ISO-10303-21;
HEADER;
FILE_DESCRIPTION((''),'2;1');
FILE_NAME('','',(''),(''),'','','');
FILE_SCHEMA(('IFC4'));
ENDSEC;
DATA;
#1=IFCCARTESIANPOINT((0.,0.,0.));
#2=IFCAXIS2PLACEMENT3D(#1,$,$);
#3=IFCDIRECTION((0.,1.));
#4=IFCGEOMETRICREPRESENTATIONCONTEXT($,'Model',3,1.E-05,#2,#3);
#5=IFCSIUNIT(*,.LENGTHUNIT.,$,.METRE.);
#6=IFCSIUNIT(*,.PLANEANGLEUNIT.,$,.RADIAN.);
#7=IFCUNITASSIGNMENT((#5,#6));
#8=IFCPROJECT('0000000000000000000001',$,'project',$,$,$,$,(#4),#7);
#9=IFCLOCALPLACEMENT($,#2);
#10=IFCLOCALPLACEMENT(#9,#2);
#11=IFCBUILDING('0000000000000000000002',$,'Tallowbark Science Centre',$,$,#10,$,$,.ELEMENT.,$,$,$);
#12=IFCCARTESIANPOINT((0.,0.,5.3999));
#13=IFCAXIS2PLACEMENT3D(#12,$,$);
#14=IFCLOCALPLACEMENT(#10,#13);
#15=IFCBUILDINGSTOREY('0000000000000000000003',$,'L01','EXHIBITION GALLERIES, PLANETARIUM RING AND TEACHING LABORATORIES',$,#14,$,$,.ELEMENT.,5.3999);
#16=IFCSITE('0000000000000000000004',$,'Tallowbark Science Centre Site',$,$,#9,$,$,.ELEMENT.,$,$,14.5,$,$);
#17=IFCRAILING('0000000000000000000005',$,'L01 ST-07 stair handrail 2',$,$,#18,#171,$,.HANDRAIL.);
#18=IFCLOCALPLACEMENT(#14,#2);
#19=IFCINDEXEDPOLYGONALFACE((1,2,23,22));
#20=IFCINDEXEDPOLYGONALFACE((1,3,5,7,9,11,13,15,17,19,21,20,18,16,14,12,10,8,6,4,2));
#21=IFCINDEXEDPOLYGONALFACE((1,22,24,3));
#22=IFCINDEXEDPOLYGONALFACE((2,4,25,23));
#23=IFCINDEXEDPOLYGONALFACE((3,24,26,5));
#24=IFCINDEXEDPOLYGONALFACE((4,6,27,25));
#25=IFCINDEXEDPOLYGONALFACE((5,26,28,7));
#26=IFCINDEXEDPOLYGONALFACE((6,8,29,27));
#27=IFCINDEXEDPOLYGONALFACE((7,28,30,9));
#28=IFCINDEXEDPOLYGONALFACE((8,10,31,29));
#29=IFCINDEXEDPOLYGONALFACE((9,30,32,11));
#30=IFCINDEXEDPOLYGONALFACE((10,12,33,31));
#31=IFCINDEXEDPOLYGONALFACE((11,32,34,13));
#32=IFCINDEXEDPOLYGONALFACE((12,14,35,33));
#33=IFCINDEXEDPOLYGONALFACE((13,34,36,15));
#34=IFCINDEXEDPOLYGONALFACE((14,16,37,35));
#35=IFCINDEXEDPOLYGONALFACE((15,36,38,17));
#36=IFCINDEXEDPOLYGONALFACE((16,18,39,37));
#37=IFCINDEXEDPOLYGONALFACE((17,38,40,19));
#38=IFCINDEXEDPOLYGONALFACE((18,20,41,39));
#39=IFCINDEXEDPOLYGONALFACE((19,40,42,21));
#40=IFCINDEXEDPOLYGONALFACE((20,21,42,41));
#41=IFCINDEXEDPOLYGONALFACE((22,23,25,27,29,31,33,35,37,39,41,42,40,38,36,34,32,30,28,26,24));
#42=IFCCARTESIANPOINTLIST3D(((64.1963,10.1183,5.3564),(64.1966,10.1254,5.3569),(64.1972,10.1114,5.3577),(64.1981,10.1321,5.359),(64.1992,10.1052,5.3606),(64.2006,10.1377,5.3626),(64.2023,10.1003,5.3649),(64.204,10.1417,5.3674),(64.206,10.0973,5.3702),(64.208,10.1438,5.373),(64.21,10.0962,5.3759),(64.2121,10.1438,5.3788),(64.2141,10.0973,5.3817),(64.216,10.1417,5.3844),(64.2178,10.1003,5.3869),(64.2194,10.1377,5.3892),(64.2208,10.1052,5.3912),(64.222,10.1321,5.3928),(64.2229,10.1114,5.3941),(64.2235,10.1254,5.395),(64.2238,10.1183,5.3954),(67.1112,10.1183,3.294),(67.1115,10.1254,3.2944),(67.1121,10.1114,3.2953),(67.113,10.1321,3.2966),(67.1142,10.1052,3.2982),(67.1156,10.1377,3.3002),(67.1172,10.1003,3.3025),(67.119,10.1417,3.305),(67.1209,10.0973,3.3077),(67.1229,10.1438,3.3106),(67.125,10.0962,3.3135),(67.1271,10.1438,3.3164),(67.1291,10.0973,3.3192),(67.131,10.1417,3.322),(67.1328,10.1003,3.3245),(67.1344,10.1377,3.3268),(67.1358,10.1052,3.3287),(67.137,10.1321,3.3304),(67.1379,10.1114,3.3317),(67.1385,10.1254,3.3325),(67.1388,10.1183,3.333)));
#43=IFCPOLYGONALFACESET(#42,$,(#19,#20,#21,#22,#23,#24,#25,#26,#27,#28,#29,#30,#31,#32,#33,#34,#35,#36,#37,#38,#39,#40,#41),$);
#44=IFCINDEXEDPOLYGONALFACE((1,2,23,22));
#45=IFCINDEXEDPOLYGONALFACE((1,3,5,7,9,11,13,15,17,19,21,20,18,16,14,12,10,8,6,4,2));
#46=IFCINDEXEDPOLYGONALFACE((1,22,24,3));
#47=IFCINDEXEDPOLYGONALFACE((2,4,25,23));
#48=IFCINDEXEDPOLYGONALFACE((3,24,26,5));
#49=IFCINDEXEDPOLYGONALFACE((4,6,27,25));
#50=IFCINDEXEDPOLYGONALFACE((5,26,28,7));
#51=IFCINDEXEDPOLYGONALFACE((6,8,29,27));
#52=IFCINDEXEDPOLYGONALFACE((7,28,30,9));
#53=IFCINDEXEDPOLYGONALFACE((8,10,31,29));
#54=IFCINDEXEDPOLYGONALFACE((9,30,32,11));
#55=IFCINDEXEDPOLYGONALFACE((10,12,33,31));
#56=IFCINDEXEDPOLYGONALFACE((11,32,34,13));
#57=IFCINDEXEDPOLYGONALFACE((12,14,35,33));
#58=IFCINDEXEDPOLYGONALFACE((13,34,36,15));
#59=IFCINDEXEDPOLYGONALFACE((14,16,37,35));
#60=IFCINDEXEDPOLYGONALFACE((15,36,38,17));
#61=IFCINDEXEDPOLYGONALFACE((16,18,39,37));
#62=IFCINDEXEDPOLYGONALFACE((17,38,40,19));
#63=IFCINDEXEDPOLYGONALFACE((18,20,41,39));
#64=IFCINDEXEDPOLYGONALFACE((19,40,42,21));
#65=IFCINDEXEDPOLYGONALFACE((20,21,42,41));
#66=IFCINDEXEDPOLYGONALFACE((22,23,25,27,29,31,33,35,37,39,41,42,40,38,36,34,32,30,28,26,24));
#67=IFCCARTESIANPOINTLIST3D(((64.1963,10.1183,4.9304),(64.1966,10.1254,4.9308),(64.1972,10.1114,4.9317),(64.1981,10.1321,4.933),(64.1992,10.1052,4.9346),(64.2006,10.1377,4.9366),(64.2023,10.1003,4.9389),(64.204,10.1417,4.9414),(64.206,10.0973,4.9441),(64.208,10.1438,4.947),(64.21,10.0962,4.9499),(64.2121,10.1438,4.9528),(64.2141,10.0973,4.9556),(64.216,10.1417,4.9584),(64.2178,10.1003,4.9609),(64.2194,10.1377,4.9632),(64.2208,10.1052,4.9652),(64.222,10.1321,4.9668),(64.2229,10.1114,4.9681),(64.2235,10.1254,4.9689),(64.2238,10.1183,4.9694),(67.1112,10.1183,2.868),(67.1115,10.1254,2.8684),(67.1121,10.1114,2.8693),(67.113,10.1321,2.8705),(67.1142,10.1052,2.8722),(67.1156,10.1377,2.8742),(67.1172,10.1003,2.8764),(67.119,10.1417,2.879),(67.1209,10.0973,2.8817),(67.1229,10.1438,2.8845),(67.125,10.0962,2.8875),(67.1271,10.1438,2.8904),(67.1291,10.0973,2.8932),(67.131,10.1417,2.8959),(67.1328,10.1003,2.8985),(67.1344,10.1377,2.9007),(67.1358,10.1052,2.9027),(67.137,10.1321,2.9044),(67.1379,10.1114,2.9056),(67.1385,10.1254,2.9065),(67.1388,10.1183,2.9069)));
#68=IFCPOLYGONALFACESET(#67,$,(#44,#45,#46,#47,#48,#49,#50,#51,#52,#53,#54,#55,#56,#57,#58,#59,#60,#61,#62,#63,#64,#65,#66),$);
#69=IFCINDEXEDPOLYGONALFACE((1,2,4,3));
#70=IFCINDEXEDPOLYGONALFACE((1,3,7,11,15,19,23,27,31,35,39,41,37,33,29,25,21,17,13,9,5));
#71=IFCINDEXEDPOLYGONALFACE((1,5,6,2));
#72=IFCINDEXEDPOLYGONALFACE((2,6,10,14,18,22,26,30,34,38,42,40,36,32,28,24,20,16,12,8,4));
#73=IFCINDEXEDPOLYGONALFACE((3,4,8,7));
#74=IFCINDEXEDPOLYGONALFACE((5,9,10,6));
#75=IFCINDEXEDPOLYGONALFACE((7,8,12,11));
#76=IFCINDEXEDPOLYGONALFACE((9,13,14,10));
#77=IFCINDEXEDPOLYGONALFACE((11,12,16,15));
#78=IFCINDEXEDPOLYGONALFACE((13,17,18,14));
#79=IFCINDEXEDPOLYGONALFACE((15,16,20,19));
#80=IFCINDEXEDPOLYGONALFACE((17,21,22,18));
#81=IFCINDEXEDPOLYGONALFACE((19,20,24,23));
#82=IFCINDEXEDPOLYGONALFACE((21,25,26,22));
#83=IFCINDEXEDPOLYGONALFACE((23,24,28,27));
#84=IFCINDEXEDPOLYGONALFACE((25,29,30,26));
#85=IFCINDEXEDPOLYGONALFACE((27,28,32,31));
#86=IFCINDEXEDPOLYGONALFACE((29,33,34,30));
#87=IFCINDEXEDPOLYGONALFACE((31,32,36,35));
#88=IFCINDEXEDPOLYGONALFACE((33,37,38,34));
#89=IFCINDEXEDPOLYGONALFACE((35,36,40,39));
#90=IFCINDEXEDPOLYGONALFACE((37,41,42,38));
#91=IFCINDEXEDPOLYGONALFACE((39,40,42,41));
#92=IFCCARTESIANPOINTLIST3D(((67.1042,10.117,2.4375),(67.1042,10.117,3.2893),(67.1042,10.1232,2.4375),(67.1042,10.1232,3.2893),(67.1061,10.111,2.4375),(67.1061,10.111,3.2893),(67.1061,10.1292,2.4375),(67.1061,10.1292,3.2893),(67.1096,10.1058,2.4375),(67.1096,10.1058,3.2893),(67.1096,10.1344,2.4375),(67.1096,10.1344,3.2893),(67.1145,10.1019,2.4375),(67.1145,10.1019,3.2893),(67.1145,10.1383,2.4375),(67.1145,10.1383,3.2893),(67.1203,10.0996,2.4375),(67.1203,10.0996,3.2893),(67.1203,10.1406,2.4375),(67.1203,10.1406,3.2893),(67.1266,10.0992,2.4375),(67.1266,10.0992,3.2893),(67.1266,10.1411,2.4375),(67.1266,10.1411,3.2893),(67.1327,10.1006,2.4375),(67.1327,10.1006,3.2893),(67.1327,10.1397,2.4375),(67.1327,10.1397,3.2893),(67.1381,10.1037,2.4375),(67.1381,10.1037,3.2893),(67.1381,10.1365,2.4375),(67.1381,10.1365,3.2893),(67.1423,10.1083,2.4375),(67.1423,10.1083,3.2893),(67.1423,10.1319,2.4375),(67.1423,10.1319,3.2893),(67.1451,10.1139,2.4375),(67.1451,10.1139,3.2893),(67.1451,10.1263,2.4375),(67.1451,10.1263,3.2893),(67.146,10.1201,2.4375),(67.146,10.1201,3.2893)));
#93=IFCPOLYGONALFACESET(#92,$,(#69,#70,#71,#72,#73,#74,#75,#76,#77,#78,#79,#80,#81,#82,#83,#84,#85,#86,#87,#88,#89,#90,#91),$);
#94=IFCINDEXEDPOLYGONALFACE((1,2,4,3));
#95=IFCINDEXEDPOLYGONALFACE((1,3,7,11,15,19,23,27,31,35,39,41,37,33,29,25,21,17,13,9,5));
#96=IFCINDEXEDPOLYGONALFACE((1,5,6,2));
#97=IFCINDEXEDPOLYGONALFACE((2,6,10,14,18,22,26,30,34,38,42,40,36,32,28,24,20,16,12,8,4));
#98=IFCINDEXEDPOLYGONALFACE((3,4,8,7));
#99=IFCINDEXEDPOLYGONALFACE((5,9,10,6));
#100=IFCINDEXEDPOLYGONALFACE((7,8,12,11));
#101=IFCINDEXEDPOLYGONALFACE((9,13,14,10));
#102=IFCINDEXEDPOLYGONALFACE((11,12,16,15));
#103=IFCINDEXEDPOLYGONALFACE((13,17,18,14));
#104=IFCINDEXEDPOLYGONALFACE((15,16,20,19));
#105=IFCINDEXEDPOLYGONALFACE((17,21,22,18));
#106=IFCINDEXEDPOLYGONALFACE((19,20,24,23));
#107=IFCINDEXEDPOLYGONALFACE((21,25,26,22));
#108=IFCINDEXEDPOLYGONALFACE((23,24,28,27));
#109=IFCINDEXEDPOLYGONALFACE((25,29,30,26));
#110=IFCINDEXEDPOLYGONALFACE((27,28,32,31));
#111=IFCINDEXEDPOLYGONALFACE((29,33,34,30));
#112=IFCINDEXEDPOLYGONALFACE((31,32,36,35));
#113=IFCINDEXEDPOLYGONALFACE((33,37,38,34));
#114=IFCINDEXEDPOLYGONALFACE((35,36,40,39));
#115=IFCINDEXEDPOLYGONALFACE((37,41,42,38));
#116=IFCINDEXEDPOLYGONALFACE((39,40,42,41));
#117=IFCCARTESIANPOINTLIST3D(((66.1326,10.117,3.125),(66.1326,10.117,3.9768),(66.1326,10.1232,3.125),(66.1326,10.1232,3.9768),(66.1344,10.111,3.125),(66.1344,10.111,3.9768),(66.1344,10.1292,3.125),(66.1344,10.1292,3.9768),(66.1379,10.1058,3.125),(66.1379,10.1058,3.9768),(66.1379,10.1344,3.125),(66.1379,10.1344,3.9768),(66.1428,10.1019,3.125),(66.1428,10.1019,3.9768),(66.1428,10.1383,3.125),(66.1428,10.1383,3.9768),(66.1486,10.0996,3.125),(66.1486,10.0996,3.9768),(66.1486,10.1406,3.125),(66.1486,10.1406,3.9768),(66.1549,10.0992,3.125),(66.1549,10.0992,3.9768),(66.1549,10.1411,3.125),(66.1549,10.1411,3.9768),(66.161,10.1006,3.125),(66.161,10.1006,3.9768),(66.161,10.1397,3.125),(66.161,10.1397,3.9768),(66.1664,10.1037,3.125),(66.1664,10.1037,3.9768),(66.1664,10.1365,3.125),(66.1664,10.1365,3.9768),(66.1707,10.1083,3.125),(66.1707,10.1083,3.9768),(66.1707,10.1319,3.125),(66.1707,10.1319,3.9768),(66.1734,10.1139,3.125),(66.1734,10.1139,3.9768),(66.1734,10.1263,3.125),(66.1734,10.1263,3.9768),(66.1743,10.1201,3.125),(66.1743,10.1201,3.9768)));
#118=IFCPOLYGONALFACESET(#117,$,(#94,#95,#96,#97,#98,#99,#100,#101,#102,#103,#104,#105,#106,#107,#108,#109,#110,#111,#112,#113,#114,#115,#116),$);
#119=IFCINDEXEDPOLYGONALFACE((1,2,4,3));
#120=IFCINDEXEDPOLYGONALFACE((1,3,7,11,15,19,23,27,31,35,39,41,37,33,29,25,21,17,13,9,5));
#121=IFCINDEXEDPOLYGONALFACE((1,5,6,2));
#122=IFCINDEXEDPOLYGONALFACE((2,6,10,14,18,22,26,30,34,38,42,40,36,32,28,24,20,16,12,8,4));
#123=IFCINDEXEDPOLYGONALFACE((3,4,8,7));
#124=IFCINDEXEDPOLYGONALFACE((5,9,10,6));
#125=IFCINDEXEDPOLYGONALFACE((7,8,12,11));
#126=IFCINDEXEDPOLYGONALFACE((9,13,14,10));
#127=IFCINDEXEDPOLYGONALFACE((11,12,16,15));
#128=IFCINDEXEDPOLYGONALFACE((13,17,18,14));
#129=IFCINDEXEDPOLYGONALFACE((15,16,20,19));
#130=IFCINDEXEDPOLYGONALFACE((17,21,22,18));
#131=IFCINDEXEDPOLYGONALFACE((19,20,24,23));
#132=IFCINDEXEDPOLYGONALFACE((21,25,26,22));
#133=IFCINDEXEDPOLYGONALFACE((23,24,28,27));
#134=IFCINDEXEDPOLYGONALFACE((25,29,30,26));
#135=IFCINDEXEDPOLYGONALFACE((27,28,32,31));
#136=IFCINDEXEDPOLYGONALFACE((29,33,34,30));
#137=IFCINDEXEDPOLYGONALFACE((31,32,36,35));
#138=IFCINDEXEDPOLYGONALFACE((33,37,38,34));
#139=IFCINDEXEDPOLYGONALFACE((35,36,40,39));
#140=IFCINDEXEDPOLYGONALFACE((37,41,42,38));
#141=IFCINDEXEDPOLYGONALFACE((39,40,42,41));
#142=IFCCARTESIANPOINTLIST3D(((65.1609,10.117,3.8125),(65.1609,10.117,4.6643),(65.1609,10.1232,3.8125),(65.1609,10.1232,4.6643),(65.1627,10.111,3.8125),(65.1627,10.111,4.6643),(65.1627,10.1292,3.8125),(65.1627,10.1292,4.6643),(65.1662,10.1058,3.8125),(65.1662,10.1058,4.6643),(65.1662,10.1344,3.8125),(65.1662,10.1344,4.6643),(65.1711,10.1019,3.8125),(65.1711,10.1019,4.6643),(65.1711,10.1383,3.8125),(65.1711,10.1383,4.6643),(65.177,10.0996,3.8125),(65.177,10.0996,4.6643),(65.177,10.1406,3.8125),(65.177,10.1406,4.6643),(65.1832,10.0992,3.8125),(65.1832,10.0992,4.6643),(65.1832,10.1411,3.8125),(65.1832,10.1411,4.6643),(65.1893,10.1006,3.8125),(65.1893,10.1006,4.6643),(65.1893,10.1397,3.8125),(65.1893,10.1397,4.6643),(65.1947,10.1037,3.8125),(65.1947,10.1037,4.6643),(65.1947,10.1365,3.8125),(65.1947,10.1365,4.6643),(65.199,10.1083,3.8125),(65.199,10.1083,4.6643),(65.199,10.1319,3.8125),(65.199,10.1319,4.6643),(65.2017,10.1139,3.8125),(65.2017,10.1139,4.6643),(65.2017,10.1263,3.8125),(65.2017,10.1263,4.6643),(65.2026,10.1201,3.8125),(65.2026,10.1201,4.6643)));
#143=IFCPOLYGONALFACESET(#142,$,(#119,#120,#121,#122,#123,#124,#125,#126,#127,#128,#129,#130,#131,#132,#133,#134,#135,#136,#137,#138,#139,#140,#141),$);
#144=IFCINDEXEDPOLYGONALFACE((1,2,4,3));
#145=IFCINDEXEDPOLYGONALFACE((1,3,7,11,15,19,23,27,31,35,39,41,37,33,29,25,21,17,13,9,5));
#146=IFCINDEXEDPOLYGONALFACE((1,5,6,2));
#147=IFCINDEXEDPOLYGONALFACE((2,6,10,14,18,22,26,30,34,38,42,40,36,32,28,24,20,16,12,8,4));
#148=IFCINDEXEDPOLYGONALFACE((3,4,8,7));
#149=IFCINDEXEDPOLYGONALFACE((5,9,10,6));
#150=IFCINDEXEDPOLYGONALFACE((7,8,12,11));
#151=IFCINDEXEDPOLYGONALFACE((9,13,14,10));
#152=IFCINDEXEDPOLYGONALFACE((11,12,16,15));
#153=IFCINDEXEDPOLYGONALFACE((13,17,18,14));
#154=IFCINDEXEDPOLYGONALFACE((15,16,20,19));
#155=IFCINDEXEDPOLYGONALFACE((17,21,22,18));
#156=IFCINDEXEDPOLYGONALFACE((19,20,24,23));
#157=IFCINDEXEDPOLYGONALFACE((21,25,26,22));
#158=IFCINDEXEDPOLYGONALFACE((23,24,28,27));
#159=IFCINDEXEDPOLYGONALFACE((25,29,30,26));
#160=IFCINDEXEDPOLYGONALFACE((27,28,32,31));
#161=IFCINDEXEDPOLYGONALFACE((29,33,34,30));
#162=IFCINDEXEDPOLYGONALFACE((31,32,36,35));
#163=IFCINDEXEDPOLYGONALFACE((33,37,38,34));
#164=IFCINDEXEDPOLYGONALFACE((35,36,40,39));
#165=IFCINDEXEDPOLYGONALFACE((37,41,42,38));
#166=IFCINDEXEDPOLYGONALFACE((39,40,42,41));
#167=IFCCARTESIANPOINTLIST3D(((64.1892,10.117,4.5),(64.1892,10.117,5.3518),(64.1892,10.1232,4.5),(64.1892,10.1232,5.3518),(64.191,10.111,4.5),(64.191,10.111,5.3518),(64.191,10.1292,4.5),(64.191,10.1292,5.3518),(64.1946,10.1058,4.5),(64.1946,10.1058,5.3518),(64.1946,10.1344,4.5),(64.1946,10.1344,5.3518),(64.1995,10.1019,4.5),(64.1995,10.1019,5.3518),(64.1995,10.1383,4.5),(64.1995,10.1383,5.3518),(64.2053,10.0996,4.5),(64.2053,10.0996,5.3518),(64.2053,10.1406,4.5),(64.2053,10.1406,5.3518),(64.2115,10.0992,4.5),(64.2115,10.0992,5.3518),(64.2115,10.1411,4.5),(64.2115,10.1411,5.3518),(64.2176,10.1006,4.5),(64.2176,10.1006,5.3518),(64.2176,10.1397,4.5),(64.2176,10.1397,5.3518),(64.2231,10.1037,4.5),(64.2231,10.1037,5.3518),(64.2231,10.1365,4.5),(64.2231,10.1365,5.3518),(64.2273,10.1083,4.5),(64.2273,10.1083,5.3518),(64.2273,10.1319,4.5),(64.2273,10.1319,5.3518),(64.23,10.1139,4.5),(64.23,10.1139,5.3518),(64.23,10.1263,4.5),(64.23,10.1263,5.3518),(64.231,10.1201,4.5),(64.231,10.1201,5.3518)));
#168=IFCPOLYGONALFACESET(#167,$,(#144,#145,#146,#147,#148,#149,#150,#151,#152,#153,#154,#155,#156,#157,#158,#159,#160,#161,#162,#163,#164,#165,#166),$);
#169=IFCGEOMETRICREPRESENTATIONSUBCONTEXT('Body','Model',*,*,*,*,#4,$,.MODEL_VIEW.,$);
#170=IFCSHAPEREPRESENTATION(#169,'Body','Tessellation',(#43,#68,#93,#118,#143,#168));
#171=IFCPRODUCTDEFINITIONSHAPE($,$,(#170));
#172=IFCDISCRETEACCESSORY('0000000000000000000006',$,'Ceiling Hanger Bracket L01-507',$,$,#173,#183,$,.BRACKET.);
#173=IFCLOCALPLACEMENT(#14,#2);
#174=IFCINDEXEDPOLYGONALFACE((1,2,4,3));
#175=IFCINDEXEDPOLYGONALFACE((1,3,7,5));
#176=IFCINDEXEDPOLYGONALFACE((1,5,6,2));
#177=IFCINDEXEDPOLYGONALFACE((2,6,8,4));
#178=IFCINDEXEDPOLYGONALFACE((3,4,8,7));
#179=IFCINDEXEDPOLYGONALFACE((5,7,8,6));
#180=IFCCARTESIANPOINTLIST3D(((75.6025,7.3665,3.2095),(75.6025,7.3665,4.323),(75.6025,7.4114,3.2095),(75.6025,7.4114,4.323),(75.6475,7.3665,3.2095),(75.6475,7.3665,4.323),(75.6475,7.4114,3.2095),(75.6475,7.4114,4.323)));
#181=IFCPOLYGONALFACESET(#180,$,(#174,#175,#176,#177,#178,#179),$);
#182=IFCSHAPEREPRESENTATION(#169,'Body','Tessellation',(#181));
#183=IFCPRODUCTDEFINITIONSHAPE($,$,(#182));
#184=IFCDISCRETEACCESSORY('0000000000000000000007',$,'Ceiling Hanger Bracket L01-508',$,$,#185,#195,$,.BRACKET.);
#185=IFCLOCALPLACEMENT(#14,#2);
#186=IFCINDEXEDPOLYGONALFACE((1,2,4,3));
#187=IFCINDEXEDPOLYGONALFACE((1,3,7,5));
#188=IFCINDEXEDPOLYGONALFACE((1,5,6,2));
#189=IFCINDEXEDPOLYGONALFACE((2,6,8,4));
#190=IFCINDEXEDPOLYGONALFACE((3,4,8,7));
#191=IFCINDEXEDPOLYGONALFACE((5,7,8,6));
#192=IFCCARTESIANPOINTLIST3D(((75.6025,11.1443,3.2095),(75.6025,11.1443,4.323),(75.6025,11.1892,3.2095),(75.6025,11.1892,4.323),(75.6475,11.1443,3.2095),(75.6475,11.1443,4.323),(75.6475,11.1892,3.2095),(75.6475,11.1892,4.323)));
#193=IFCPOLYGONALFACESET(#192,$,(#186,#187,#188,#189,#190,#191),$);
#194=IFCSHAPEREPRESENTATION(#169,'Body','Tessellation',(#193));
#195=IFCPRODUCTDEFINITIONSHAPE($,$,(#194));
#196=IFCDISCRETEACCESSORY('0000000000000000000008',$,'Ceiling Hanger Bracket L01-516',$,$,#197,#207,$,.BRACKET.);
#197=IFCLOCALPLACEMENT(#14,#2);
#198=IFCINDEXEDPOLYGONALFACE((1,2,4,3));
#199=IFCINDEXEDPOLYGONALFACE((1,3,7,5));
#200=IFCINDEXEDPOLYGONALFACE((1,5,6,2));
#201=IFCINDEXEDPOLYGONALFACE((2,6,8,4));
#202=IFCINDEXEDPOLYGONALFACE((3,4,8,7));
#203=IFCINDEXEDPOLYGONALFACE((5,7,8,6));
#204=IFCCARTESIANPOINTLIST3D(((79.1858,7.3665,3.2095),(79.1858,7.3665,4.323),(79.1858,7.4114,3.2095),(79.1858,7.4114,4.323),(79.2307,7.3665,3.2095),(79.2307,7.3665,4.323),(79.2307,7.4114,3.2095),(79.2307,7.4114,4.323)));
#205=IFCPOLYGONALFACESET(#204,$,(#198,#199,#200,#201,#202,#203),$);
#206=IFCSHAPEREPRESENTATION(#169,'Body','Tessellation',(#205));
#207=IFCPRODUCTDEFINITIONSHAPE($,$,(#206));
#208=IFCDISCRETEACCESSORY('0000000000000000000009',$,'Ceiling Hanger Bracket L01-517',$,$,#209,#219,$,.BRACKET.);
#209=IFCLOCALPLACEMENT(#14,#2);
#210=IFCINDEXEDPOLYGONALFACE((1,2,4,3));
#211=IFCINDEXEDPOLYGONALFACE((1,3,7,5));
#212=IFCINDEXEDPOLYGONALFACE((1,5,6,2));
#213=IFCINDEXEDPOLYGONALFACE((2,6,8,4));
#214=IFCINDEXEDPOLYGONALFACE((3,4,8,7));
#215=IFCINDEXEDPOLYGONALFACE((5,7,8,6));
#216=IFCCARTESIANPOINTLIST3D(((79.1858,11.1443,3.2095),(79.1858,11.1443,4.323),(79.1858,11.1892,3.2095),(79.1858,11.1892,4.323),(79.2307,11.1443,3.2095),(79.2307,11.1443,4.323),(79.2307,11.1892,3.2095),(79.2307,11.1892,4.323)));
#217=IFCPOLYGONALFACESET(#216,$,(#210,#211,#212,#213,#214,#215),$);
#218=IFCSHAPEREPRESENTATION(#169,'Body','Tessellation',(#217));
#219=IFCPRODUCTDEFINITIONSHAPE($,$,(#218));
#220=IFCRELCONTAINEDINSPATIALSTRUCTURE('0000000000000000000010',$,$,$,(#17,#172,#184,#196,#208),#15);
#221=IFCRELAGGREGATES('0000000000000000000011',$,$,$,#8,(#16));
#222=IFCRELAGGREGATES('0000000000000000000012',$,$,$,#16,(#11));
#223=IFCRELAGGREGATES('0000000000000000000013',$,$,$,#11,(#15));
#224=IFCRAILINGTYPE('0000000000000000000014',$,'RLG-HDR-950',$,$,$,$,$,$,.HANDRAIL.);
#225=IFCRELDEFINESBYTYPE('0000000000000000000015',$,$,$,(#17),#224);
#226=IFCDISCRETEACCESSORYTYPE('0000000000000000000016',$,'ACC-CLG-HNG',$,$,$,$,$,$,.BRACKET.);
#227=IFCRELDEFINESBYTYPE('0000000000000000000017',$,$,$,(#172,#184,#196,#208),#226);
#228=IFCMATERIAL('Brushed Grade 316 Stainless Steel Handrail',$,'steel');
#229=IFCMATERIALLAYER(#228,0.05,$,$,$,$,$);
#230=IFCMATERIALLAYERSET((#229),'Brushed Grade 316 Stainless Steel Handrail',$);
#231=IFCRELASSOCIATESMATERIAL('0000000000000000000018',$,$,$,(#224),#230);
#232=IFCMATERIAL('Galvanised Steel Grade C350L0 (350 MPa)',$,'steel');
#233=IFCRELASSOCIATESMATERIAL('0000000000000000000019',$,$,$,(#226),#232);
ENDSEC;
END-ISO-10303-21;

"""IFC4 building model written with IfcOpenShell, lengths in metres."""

from ifc_helpers import new_model, si_unit, direction, frame, origin, origin_2d, place, context, subcontext, project, spatial, rectangle, circle, extrude, material, layer, layer_set, type_object, element, save


model = new_model("IFC4")

# Units and contexts
model_context = context("Model", 3, precision=1e-05, world=origin(), true_north=direction((0.0, 1.0)))
body_context = subcontext(model_context, "Body", "Model", "MODEL_VIEW")
ifc_project = project(units=[si_unit("LENGTHUNIT", "METRE"), si_unit("PLANEANGLEUNIT", "RADIAN")], contexts=[model_context])

# Site, building, storey
site_placement = place(None, origin())
site = spatial("IfcSite", under=ifc_project, at=site_placement, Name="Tallowbark Science Centre Site", CompositionType="ELEMENT", RefElevation=14.5)
building_placement = place(site_placement, origin())
building = spatial("IfcBuilding", under=site, at=building_placement, Name="Tallowbark Science Centre", CompositionType="ELEMENT")
storey_placement = place(building_placement, frame((0.0, 0.0, 5.3999)))
storey = spatial("IfcBuildingStorey", under=building, at=storey_placement, Name="L01", Description="EXHIBITION GALLERIES, PLANETARIUM RING AND TEACHING LABORATORIES", CompositionType="ELEMENT", Elevation=5.3999)

# Railing
ifc_material_1 = material(Name="Brushed Grade 316 Stainless Steel Handrail", Category="steel")
ifc_layer_1 = layer(ifc_material_1, 0.05)
ifc_layer_set_1 = layer_set([ifc_layer_1], Name="Brushed Grade 316 Stainless Steel Handrail")
railing_type_1 = type_object("IfcRailingType", Name="RLG-HDR-950", PredefinedType="HANDRAIL", material=ifc_layer_set_1)
railing_1_placement = place(storey_placement, frame((67.125, 10.1201, 2.4375)))
element("IfcRailing", 1, at=railing_1_placement, inside=storey, type_object=railing_type_1, Name="L01 ST-07 stair handrail 2", PredefinedType="HANDRAIL", context=body_context, shape_type="SweptSolid", body=[
    extrude(circle(Radius=0.0239, at=origin_2d()), frame((0.0, 0.0, 0.876), z_axis=(-0.816331, 0.0, 0.577585), x_axis=(0.0, -1.0, 0.0)), (0.0, 0.0, 1.0), 3.5708),
    extrude(circle(Radius=0.0239, at=origin_2d()), frame((0.0, 0.0, 0.45), z_axis=(-0.816331, 0.0, 0.577585), x_axis=(0.0, -1.0, 0.0)), (0.0, 0.0, 1.0), 3.5708),
    extrude(circle(Radius=0.021, at=origin_2d()), origin(), (0.0, 0.0, 1.0), 0.8518),
    extrude(circle(Radius=0.021, at=origin_2d()), frame((-0.9717, 0.0, 0.6875)), (0.0, 0.0, 1.0), 0.8518),
    extrude(circle(Radius=0.021, at=origin_2d()), frame((-1.9434, 0.0, 1.375)), (0.0, 0.0, 1.0), 0.8518),
    extrude(circle(Radius=0.021, at=origin_2d()), frame((-2.915, 0.0, 2.0625)), (0.0, 0.0, 1.0), 0.8518),
])

# Discrete accessories
ifc_material_2 = material(Name="Galvanised Steel Grade C350L0 (350 MPa)", Category="steel")
discrete_accessory_type = type_object("IfcDiscreteAccessoryType", Name="ACC-CLG-HNG", PredefinedType="BRACKET", material=ifc_material_2)
for number, where, z_axis, x_axis, name in (
    (2, (75.625, 7.3889, 3.2095), (0.0, 0.0, 1.0), (1.0, 0.0, 0.0), "Ceiling Hanger Bracket L01-507"),
    (3, (75.625, 11.1667, 3.2095), (0.0, 0.0, 1.0), (1.0, 0.0, 0.0), "Ceiling Hanger Bracket L01-508"),
    (4, (79.2083, 7.3889, 3.2095), (0.0, 0.0, 1.0), (1.0, 0.0, 0.0), "Ceiling Hanger Bracket L01-516"),
    (5, (79.2083, 11.1667, 3.2095), (0.0, 0.0, 1.0), (1.0, 0.0, 0.0), "Ceiling Hanger Bracket L01-517"),
):
    element("IfcDiscreteAccessory", number, at=place(storey_placement, frame(where, z_axis=z_axis, x_axis=x_axis)), inside=storey, type_object=discrete_accessory_type, Name=name, PredefinedType="BRACKET", context=body_context, shape_type="SweptSolid", body=[
        extrude(rectangle(XDim=0.0449, YDim=0.0449, at=origin_2d()), origin(), (0.0, 0.0, 1.0), 1.1135),
    ])

save(model, "model.ifc")
